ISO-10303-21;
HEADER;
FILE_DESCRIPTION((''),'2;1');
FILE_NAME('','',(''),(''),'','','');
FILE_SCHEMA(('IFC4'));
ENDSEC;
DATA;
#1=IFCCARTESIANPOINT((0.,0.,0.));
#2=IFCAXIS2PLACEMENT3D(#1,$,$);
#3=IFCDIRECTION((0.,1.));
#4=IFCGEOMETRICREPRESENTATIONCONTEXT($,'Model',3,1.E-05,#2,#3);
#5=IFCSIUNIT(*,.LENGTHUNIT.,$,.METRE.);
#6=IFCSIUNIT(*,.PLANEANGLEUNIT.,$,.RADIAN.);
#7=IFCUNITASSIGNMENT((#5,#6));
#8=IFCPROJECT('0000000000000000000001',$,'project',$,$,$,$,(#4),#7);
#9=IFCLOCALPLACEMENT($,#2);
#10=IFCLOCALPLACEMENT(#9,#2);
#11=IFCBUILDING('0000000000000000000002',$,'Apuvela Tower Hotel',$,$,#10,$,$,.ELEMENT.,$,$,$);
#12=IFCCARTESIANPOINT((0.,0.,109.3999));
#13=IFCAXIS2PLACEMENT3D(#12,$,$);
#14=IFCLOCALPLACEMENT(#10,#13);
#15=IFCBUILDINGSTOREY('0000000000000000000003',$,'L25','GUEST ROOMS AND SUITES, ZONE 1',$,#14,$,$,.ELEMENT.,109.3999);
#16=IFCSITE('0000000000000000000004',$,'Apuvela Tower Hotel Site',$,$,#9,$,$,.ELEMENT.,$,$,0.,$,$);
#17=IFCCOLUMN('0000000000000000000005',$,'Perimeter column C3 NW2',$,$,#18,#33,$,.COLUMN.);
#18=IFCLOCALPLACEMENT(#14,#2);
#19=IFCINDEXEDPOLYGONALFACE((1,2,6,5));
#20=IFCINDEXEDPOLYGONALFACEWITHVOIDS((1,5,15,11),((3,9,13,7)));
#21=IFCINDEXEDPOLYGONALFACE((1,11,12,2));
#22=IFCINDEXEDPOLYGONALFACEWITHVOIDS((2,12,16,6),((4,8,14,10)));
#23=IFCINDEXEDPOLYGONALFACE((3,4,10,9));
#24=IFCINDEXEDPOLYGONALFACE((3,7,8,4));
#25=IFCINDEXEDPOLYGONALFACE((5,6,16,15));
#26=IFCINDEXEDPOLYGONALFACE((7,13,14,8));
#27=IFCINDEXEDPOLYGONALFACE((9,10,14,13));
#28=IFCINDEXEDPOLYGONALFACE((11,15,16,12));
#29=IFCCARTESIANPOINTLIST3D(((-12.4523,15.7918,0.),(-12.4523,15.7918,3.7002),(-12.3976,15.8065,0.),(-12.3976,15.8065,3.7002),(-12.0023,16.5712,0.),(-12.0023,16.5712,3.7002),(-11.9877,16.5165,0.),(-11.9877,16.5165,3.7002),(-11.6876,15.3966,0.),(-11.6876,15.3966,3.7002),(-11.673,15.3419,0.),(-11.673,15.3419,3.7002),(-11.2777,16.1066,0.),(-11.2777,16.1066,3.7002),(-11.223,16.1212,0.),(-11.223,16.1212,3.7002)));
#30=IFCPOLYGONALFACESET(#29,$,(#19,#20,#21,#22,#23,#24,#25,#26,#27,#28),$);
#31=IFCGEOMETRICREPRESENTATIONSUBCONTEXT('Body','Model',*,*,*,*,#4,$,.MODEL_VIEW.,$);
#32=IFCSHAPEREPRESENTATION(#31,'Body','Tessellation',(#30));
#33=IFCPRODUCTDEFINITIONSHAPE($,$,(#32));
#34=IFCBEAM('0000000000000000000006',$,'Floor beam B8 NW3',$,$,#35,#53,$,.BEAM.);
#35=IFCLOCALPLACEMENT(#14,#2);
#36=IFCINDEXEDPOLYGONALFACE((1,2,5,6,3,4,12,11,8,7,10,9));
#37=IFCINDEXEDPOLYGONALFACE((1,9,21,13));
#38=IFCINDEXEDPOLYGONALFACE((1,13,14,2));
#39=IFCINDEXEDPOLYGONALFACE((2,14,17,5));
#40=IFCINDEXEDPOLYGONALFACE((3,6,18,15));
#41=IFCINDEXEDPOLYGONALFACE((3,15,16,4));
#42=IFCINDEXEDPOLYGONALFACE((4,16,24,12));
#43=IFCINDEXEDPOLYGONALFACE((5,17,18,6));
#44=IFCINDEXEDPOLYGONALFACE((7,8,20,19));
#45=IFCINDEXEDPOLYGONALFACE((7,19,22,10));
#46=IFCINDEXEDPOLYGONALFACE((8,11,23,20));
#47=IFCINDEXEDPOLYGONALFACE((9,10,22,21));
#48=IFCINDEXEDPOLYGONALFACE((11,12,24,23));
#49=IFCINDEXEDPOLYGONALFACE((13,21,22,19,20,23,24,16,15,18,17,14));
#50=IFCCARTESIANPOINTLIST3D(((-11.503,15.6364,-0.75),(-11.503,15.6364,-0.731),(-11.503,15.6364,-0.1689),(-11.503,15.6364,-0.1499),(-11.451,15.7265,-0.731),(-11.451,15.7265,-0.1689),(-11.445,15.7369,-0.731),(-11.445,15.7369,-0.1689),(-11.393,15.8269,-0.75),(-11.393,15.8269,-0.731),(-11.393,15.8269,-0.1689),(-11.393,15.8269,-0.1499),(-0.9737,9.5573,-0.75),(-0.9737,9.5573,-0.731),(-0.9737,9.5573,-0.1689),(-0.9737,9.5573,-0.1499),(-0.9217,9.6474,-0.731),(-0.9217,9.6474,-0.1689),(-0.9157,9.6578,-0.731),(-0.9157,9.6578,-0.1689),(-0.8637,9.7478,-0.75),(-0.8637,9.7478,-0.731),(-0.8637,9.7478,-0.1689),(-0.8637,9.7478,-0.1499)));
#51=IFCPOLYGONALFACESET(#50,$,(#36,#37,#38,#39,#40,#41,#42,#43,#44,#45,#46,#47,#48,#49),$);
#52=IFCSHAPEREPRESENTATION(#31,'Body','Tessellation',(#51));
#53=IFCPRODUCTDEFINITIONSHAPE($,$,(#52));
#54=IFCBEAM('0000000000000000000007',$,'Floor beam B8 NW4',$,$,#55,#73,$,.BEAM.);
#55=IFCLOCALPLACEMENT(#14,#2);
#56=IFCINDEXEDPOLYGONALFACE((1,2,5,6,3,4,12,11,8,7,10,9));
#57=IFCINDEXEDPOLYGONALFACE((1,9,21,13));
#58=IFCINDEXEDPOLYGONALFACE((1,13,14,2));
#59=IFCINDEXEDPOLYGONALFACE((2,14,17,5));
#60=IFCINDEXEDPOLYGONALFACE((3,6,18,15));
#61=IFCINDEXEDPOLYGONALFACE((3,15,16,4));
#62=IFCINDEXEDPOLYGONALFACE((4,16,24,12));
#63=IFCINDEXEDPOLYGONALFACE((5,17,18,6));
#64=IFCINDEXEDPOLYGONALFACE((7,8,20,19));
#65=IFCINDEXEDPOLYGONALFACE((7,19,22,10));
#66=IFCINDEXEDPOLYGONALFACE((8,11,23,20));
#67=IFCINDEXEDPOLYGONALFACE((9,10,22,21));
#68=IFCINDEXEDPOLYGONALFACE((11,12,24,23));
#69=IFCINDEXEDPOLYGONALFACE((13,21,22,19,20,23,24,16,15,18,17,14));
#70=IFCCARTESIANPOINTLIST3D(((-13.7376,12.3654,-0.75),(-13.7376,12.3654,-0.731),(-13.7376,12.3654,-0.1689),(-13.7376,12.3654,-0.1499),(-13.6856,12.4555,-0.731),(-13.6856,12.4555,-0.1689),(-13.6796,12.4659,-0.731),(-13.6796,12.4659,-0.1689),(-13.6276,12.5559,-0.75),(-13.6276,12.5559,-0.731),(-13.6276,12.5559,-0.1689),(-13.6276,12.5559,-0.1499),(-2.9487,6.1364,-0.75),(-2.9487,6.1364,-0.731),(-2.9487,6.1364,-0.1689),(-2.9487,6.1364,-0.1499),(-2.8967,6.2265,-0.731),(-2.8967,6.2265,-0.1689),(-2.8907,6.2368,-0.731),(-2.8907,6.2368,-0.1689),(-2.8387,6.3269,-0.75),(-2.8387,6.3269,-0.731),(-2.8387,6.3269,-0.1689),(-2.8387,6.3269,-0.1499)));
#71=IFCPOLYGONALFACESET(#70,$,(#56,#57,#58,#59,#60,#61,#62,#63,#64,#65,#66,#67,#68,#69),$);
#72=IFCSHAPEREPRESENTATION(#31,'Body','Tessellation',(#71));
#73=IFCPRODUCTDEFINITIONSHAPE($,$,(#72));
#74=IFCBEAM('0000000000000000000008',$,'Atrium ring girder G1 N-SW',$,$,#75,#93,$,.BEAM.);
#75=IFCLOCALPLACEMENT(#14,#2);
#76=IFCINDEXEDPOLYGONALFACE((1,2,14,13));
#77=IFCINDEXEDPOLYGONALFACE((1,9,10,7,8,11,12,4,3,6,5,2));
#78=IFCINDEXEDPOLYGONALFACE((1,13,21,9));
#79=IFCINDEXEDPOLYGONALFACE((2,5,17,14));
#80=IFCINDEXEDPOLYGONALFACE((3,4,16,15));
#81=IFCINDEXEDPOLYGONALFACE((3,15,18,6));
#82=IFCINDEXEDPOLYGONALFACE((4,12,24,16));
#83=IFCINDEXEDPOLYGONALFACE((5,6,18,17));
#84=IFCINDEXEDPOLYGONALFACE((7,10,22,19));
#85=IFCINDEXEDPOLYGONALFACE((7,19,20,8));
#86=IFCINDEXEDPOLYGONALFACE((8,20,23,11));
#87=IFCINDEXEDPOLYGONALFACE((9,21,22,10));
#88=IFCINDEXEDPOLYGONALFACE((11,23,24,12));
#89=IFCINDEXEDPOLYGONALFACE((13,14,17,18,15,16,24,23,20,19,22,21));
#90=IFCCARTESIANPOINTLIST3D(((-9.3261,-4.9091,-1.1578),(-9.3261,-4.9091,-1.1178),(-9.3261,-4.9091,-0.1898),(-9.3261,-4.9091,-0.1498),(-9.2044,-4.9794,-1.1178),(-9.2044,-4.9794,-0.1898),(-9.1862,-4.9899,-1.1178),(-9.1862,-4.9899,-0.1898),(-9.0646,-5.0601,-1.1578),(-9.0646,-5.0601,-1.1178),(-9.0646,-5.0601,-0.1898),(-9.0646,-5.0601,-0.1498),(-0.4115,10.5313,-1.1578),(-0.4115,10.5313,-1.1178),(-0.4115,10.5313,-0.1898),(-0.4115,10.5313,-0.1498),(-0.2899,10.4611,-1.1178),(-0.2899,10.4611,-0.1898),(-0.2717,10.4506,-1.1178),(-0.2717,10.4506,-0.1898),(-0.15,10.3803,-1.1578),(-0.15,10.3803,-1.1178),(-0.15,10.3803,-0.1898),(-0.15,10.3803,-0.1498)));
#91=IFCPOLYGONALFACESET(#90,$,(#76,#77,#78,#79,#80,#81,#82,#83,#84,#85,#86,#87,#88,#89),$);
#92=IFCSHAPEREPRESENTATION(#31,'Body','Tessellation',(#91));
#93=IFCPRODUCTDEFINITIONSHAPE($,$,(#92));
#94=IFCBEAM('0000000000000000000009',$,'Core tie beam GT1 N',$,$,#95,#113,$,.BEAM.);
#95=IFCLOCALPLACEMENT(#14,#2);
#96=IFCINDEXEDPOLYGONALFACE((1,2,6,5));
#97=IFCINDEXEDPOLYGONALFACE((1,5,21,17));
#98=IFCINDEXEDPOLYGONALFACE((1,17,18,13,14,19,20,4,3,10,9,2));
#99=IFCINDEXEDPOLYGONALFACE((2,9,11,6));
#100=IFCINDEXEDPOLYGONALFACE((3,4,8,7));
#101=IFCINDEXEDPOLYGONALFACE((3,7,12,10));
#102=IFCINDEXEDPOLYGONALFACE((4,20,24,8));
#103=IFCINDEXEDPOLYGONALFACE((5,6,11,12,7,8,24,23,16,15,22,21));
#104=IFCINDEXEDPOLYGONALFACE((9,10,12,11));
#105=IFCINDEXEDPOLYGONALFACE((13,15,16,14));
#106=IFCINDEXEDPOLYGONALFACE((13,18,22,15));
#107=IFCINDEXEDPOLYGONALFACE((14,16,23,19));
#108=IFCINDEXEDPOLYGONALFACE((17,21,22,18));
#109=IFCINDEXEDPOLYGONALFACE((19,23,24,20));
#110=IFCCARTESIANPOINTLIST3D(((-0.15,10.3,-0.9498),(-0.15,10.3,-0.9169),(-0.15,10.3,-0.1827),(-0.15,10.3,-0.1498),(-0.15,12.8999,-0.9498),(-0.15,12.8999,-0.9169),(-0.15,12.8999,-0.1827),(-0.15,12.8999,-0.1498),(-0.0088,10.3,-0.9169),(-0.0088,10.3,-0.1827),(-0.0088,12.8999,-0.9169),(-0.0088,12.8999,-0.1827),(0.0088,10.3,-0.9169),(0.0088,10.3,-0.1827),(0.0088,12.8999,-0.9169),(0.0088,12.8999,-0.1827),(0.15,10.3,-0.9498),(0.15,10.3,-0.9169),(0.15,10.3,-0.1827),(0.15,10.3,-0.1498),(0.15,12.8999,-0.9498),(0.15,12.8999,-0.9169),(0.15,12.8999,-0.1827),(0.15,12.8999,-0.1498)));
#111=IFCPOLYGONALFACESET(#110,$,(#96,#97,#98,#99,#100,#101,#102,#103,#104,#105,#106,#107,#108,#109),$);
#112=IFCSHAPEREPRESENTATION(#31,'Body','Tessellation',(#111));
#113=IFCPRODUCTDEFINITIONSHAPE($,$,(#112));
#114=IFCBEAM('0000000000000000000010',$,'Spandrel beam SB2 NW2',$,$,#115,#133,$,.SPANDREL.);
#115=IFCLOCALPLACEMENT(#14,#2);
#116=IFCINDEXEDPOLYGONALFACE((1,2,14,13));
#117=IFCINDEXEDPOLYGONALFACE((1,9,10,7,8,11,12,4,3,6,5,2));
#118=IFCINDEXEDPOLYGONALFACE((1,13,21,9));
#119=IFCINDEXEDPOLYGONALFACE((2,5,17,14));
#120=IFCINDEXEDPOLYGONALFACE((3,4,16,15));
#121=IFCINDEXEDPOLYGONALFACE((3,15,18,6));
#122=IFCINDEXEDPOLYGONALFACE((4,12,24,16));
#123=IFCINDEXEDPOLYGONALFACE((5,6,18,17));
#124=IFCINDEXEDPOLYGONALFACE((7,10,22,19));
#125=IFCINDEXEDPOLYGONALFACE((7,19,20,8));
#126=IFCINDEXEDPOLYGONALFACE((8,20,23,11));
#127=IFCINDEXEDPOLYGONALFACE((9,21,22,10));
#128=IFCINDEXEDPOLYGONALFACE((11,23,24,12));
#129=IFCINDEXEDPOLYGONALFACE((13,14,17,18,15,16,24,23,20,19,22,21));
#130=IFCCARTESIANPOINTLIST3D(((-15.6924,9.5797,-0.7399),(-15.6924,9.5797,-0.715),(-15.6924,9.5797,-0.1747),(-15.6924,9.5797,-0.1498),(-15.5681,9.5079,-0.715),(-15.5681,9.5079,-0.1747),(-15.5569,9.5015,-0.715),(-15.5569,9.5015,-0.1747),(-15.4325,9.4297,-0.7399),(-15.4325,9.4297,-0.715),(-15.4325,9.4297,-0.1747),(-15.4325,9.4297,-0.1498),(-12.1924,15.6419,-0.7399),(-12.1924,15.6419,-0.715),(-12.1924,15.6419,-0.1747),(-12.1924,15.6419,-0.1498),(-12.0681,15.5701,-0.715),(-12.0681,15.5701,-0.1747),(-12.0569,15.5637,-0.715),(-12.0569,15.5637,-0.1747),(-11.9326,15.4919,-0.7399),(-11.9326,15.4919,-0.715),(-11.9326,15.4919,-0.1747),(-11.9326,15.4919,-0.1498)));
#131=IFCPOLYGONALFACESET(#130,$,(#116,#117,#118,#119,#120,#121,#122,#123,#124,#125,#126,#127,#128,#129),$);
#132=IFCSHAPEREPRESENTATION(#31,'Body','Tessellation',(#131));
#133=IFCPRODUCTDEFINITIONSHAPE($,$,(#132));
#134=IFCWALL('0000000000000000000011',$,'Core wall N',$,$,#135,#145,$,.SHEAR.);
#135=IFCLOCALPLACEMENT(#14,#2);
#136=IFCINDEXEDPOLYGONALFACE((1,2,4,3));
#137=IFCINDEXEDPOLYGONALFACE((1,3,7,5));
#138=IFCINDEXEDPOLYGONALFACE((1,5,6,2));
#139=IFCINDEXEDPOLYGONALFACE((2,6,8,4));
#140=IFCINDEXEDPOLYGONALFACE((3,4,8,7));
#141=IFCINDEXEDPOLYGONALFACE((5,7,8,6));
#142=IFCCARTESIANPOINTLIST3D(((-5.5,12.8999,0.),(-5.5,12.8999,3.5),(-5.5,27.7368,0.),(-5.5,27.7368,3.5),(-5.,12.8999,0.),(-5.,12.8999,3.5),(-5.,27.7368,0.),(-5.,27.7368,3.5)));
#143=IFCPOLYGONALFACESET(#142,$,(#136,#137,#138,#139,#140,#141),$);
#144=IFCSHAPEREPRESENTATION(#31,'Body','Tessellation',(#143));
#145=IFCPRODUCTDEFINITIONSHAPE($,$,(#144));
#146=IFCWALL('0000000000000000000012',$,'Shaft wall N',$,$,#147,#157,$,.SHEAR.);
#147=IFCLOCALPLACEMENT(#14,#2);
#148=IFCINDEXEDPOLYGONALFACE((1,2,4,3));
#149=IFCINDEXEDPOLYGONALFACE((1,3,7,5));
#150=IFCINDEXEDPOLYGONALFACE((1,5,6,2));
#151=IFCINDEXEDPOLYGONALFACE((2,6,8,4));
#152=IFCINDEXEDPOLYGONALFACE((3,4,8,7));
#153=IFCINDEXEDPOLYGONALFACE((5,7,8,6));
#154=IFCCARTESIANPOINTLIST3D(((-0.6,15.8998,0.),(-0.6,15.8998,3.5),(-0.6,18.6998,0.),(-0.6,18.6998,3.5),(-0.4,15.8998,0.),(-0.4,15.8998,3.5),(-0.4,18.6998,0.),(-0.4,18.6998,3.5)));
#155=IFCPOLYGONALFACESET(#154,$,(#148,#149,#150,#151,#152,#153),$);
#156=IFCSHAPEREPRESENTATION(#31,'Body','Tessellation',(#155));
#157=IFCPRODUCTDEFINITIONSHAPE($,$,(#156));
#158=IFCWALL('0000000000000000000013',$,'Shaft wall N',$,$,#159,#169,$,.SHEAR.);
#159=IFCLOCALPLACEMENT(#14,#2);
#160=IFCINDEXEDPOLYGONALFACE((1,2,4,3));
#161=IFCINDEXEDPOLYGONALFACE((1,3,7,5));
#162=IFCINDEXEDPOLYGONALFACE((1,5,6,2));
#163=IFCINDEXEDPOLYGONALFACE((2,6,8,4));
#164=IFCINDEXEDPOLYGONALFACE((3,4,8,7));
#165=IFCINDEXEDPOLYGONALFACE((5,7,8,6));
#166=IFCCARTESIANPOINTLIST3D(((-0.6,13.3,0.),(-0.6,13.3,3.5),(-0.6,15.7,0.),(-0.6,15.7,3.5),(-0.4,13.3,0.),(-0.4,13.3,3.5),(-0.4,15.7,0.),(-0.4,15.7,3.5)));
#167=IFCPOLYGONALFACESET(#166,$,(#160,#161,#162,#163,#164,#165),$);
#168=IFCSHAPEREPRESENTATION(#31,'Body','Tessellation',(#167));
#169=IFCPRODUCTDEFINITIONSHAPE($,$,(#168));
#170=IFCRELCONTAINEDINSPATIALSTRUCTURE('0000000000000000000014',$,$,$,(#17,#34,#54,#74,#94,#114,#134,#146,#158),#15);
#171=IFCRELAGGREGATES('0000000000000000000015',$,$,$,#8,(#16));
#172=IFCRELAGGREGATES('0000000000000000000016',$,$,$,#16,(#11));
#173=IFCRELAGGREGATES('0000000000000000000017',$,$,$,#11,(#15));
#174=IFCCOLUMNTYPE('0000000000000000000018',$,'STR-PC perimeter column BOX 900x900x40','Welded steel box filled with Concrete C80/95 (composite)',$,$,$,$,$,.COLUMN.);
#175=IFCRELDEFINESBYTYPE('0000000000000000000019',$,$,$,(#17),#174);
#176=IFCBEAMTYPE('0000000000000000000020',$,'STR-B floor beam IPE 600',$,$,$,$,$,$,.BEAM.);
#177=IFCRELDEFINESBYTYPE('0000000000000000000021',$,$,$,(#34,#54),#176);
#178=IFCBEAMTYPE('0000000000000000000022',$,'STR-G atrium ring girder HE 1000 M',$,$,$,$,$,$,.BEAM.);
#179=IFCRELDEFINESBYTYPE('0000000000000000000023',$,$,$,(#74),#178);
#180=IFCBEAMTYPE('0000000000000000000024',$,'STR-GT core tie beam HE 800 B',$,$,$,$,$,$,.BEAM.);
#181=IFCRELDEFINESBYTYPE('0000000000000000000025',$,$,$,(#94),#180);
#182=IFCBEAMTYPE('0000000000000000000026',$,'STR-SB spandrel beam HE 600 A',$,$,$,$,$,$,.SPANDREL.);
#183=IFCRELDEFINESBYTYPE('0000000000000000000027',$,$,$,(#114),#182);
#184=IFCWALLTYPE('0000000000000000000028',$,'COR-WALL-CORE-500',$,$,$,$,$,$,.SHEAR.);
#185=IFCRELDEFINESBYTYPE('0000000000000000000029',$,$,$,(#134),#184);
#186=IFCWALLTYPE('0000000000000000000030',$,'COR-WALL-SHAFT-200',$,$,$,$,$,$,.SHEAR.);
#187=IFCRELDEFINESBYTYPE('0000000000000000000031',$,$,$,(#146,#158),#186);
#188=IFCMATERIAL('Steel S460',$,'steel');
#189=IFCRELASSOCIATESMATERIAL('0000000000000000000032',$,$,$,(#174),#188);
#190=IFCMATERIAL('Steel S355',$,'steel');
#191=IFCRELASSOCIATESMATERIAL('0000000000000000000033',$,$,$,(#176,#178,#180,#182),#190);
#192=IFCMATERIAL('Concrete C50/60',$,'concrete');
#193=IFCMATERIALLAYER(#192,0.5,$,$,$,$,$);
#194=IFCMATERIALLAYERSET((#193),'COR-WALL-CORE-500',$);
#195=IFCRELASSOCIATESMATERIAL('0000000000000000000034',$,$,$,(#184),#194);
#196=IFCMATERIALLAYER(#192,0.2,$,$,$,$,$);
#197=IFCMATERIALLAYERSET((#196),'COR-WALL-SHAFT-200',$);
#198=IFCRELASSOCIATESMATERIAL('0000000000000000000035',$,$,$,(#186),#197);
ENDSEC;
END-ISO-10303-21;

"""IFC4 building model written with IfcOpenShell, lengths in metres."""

from ifc_helpers import new_model, si_unit, direction, frame, frame_2d, origin, origin_2d, place, context, subcontext, project, spatial, rectangle, hollow_rectangle, i_section, extrude, material, layer, layer_set, material_profile, profile_set, type_object, element, save


model = new_model("IFC4")

# Units and contexts
model_context = context("Model", 3, precision=1e-05, world=origin(), true_north=direction((0.0, 1.0)))
body_context = subcontext(model_context, "Body", "Model", "MODEL_VIEW")
ifc_project = project(units=[si_unit("LENGTHUNIT", "METRE"), si_unit("PLANEANGLEUNIT", "RADIAN")], contexts=[model_context])

# Site, building, storey
site_placement = place(None, origin())
site = spatial("IfcSite", under=ifc_project, at=site_placement, Name="Apuvela Tower Hotel Site", CompositionType="ELEMENT", RefElevation=0.0)
building_placement = place(site_placement, origin())
building = spatial("IfcBuilding", under=site, at=building_placement, Name="Apuvela Tower Hotel", CompositionType="ELEMENT")
storey_placement = place(building_placement, frame((0.0, 0.0, 109.3999)))
storey = spatial("IfcBuildingStorey", under=building, at=storey_placement, Name="L25", Description="GUEST ROOMS AND SUITES, ZONE 1", CompositionType="ELEMENT", Elevation=109.3999)

# Column
ifc_material_1 = material(Name="Steel S460", Category="steel")
ifc_material_profile_1 = material_profile(ifc_material_1, hollow_rectangle(XDim=0.8999, YDim=0.8999, WallThickness=0.04, at=origin_2d()), Name="BOX 900x900x40")
ifc_material_2 = material(Name="Concrete C80/95", Category="concrete")
ifc_material_profile_2 = material_profile(ifc_material_2, rectangle(XDim=0.8201, YDim=0.8201, at=origin_2d()), Name="Concrete C80/95 infill")
ifc_profile_set_1 = profile_set([ifc_material_profile_1, ifc_material_profile_2], Name="Steel S460")
column_type = type_object("IfcColumnType", Name="STR-PC perimeter column BOX 900x900x40", Description="Welded steel box filled with Concrete C80/95 (composite)", PredefinedType="COLUMN", material=ifc_profile_set_1)
column_placement = place(storey_placement, frame((-11.8376, 15.9565, 0.0), z_axis=(0.0, 0.0, 1.0), x_axis=(0.5, 0.866025, 0.0)))
element("IfcColumn", 1, at=column_placement, inside=storey, type_object=column_type, Name="Perimeter column C3 NW2", PredefinedType="COLUMN", context=body_context, shape_type="SweptSolid", body=[
    extrude(hollow_rectangle(XDim=0.8999, YDim=0.8999, WallThickness=0.04, at=origin_2d()), origin(), (0.0, 0.0, 1.0), 3.7002),
])

# Beams
ifc_material_3 = material(Name="Steel S355", Category="steel")
ifc_material_profile_3 = material_profile(ifc_material_3, i_section(OverallWidth=0.22, OverallDepth=0.6001, WebThickness=0.012, FlangeThickness=0.019, at=origin_2d()), Name="IPE 600")
ifc_profile_set_2 = profile_set([ifc_material_profile_3], Name="Steel S355")
beam_type_1 = type_object("IfcBeamType", Name="STR-B floor beam IPE 600", PredefinedType="BEAM", material=ifc_profile_set_2)
beam_1_placement = place(storey_placement, frame((-11.448, 15.7317, -0.45), z_axis=(0.866025, -0.500001, 0.0), x_axis=(0.500001, 0.866025, 0.0)))
element("IfcBeam", 2, at=beam_1_placement, inside=storey, type_object=beam_type_1, Name="Floor beam B8 NW3", PredefinedType="BEAM", context=body_context, shape_type="SweptSolid", body=[
    extrude(i_section(OverallWidth=0.22, OverallDepth=0.6001, WebThickness=0.012, FlangeThickness=0.019, at=origin_2d()), origin(), (0.0, 0.0, 1.0), 12.1582),
])
beam_2_placement = place(storey_placement, frame((-13.6826, 12.4607, -0.45), z_axis=(0.866023, -0.500005, 0.0), x_axis=(0.500005, 0.866023, 0.0)))
element("IfcBeam", 3, at=beam_2_placement, inside=storey, type_object=beam_type_1, Name="Floor beam B8 NW4", PredefinedType="BEAM", context=body_context, shape_type="SweptSolid", body=[
    extrude(i_section(OverallWidth=0.22, OverallDepth=0.6001, WebThickness=0.012, FlangeThickness=0.019, at=origin_2d()), origin(), (0.0, 0.0, 1.0), 12.458),
])
ifc_material_profile_4 = material_profile(ifc_material_3, i_section(OverallWidth=0.302, OverallDepth=1.0081, WebThickness=0.021, FlangeThickness=0.04, at=origin_2d()), Name="HE 1000 M")
ifc_profile_set_3 = profile_set([ifc_material_profile_4], Name="Steel S355")
beam_type_2 = type_object("IfcBeamType", Name="STR-G atrium ring girder HE 1000 M", PredefinedType="BEAM", material=ifc_profile_set_3)
beam_3_placement = place(storey_placement, frame((-0.2808, 10.4558, -0.6538), z_axis=(-0.500001, -0.866025, 0.0), x_axis=(0.866025, -0.500001, 0.0)))
element("IfcBeam", 4, at=beam_3_placement, inside=storey, type_object=beam_type_2, Name="Atrium ring girder G1 N-SW", PredefinedType="BEAM", context=body_context, shape_type="SweptSolid", body=[
    extrude(i_section(OverallWidth=0.302, OverallDepth=1.0081, WebThickness=0.021, FlangeThickness=0.04, at=origin_2d()), origin(), (0.0, 0.0, 1.0), 17.8291),
])
ifc_material_profile_5 = material_profile(ifc_material_3, i_section(OverallWidth=0.3, OverallDepth=0.8, WebThickness=0.0176, FlangeThickness=0.033, at=origin_2d()), Name="HE 800 B")
ifc_profile_set_4 = profile_set([ifc_material_profile_5], Name="Steel S355")
beam_type_3 = type_object("IfcBeamType", Name="STR-GT core tie beam HE 800 B", PredefinedType="BEAM", material=ifc_profile_set_4)
beam_4_placement = place(storey_placement, frame((0.0, 12.8999, -0.5498), z_axis=(0.0, -1.0, 0.0), x_axis=(1.0, 0.0, 0.0)))
element("IfcBeam", 5, at=beam_4_placement, inside=storey, type_object=beam_type_3, Name="Core tie beam GT1 N", PredefinedType="BEAM", context=body_context, shape_type="SweptSolid", body=[
    extrude(i_section(OverallWidth=0.3, OverallDepth=0.8, WebThickness=0.0176, FlangeThickness=0.033, at=origin_2d()), origin(), (0.0, 0.0, 1.0), 2.5999),
])
ifc_material_profile_6 = material_profile(ifc_material_3, i_section(OverallWidth=0.3, OverallDepth=0.5901, WebThickness=0.0129, FlangeThickness=0.0249, at=origin_2d()), Name="HE 600 A")
ifc_profile_set_5 = profile_set([ifc_material_profile_6], Name="Steel S355")
beam_type_4 = type_object("IfcBeamType", Name="STR-SB spandrel beam HE 600 A", PredefinedType="SPANDREL", material=ifc_profile_set_5)
beam_5_placement = place(storey_placement, frame((-12.0625, 15.5669, -0.4448), z_axis=(-0.499995, -0.866028, 0.0), x_axis=(0.866028, -0.499995, 0.0)))
element("IfcBeam", 6, at=beam_5_placement, inside=storey, type_object=beam_type_4, Name="Spandrel beam SB2 NW2", PredefinedType="SPANDREL", context=body_context, shape_type="SweptSolid", body=[
    extrude(i_section(OverallWidth=0.3, OverallDepth=0.5901, WebThickness=0.0129, FlangeThickness=0.0249, at=origin_2d()), origin(), (0.0, 0.0, 1.0), 7.0),
])

# Walls
ifc_material_4 = material(Name="Concrete C50/60", Category="concrete")
ifc_layer_1 = layer(ifc_material_4, 0.5)
ifc_layer_set_1 = layer_set([ifc_layer_1], Name="COR-WALL-CORE-500")
wall_type_1 = type_object("IfcWallType", Name="COR-WALL-CORE-500", PredefinedType="SHEAR", material=ifc_layer_set_1)
wall_1_placement = place(storey_placement, frame((-5.25, 12.8999, 0.0), z_axis=(0.0, 0.0, 1.0), x_axis=(0.0, 1.0, 0.0)))
element("IfcWall", 7, at=wall_1_placement, inside=storey, type_object=wall_type_1, Name="Core wall N", PredefinedType="SHEAR", context=body_context, shape_type="SweptSolid", body=[
    extrude(rectangle(XDim=14.8369, YDim=0.5, at=frame_2d((7.4185, 0.0))), origin(), (0.0, 0.0, 1.0), 3.5),
])
ifc_layer_2 = layer(ifc_material_4, 0.2)
ifc_layer_set_2 = layer_set([ifc_layer_2], Name="COR-WALL-SHAFT-200")
wall_type_2 = type_object("IfcWallType", Name="COR-WALL-SHAFT-200", PredefinedType="SHEAR", material=ifc_layer_set_2)
wall_2_placement = place(storey_placement, frame((-0.5, 15.8999, 0.0), z_axis=(0.0, 0.0, 1.0), x_axis=(0.0, 1.0, 0.0)))
element("IfcWall", 8, at=wall_2_placement, inside=storey, type_object=wall_type_2, Name="Shaft wall N", PredefinedType="SHEAR", context=body_context, shape_type="SweptSolid", body=[
    extrude(rectangle(XDim=2.8, YDim=0.2, at=frame_2d((1.3999, 0.0))), origin(), (0.0, 0.0, 1.0), 3.5),
])
wall_3_placement = place(storey_placement, frame((-0.5, 13.3, 0.0), z_axis=(0.0, 0.0, 1.0), x_axis=(0.0, 1.0, 0.0)))
element("IfcWall", 9, at=wall_3_placement, inside=storey, type_object=wall_type_2, Name="Shaft wall N", PredefinedType="SHEAR", context=body_context, shape_type="SweptSolid", body=[
    extrude(rectangle(XDim=2.3999, YDim=0.2, at=frame_2d((1.2, 0.0))), origin(), (0.0, 0.0, 1.0), 3.5),
])

save(model, "model.ifc")
